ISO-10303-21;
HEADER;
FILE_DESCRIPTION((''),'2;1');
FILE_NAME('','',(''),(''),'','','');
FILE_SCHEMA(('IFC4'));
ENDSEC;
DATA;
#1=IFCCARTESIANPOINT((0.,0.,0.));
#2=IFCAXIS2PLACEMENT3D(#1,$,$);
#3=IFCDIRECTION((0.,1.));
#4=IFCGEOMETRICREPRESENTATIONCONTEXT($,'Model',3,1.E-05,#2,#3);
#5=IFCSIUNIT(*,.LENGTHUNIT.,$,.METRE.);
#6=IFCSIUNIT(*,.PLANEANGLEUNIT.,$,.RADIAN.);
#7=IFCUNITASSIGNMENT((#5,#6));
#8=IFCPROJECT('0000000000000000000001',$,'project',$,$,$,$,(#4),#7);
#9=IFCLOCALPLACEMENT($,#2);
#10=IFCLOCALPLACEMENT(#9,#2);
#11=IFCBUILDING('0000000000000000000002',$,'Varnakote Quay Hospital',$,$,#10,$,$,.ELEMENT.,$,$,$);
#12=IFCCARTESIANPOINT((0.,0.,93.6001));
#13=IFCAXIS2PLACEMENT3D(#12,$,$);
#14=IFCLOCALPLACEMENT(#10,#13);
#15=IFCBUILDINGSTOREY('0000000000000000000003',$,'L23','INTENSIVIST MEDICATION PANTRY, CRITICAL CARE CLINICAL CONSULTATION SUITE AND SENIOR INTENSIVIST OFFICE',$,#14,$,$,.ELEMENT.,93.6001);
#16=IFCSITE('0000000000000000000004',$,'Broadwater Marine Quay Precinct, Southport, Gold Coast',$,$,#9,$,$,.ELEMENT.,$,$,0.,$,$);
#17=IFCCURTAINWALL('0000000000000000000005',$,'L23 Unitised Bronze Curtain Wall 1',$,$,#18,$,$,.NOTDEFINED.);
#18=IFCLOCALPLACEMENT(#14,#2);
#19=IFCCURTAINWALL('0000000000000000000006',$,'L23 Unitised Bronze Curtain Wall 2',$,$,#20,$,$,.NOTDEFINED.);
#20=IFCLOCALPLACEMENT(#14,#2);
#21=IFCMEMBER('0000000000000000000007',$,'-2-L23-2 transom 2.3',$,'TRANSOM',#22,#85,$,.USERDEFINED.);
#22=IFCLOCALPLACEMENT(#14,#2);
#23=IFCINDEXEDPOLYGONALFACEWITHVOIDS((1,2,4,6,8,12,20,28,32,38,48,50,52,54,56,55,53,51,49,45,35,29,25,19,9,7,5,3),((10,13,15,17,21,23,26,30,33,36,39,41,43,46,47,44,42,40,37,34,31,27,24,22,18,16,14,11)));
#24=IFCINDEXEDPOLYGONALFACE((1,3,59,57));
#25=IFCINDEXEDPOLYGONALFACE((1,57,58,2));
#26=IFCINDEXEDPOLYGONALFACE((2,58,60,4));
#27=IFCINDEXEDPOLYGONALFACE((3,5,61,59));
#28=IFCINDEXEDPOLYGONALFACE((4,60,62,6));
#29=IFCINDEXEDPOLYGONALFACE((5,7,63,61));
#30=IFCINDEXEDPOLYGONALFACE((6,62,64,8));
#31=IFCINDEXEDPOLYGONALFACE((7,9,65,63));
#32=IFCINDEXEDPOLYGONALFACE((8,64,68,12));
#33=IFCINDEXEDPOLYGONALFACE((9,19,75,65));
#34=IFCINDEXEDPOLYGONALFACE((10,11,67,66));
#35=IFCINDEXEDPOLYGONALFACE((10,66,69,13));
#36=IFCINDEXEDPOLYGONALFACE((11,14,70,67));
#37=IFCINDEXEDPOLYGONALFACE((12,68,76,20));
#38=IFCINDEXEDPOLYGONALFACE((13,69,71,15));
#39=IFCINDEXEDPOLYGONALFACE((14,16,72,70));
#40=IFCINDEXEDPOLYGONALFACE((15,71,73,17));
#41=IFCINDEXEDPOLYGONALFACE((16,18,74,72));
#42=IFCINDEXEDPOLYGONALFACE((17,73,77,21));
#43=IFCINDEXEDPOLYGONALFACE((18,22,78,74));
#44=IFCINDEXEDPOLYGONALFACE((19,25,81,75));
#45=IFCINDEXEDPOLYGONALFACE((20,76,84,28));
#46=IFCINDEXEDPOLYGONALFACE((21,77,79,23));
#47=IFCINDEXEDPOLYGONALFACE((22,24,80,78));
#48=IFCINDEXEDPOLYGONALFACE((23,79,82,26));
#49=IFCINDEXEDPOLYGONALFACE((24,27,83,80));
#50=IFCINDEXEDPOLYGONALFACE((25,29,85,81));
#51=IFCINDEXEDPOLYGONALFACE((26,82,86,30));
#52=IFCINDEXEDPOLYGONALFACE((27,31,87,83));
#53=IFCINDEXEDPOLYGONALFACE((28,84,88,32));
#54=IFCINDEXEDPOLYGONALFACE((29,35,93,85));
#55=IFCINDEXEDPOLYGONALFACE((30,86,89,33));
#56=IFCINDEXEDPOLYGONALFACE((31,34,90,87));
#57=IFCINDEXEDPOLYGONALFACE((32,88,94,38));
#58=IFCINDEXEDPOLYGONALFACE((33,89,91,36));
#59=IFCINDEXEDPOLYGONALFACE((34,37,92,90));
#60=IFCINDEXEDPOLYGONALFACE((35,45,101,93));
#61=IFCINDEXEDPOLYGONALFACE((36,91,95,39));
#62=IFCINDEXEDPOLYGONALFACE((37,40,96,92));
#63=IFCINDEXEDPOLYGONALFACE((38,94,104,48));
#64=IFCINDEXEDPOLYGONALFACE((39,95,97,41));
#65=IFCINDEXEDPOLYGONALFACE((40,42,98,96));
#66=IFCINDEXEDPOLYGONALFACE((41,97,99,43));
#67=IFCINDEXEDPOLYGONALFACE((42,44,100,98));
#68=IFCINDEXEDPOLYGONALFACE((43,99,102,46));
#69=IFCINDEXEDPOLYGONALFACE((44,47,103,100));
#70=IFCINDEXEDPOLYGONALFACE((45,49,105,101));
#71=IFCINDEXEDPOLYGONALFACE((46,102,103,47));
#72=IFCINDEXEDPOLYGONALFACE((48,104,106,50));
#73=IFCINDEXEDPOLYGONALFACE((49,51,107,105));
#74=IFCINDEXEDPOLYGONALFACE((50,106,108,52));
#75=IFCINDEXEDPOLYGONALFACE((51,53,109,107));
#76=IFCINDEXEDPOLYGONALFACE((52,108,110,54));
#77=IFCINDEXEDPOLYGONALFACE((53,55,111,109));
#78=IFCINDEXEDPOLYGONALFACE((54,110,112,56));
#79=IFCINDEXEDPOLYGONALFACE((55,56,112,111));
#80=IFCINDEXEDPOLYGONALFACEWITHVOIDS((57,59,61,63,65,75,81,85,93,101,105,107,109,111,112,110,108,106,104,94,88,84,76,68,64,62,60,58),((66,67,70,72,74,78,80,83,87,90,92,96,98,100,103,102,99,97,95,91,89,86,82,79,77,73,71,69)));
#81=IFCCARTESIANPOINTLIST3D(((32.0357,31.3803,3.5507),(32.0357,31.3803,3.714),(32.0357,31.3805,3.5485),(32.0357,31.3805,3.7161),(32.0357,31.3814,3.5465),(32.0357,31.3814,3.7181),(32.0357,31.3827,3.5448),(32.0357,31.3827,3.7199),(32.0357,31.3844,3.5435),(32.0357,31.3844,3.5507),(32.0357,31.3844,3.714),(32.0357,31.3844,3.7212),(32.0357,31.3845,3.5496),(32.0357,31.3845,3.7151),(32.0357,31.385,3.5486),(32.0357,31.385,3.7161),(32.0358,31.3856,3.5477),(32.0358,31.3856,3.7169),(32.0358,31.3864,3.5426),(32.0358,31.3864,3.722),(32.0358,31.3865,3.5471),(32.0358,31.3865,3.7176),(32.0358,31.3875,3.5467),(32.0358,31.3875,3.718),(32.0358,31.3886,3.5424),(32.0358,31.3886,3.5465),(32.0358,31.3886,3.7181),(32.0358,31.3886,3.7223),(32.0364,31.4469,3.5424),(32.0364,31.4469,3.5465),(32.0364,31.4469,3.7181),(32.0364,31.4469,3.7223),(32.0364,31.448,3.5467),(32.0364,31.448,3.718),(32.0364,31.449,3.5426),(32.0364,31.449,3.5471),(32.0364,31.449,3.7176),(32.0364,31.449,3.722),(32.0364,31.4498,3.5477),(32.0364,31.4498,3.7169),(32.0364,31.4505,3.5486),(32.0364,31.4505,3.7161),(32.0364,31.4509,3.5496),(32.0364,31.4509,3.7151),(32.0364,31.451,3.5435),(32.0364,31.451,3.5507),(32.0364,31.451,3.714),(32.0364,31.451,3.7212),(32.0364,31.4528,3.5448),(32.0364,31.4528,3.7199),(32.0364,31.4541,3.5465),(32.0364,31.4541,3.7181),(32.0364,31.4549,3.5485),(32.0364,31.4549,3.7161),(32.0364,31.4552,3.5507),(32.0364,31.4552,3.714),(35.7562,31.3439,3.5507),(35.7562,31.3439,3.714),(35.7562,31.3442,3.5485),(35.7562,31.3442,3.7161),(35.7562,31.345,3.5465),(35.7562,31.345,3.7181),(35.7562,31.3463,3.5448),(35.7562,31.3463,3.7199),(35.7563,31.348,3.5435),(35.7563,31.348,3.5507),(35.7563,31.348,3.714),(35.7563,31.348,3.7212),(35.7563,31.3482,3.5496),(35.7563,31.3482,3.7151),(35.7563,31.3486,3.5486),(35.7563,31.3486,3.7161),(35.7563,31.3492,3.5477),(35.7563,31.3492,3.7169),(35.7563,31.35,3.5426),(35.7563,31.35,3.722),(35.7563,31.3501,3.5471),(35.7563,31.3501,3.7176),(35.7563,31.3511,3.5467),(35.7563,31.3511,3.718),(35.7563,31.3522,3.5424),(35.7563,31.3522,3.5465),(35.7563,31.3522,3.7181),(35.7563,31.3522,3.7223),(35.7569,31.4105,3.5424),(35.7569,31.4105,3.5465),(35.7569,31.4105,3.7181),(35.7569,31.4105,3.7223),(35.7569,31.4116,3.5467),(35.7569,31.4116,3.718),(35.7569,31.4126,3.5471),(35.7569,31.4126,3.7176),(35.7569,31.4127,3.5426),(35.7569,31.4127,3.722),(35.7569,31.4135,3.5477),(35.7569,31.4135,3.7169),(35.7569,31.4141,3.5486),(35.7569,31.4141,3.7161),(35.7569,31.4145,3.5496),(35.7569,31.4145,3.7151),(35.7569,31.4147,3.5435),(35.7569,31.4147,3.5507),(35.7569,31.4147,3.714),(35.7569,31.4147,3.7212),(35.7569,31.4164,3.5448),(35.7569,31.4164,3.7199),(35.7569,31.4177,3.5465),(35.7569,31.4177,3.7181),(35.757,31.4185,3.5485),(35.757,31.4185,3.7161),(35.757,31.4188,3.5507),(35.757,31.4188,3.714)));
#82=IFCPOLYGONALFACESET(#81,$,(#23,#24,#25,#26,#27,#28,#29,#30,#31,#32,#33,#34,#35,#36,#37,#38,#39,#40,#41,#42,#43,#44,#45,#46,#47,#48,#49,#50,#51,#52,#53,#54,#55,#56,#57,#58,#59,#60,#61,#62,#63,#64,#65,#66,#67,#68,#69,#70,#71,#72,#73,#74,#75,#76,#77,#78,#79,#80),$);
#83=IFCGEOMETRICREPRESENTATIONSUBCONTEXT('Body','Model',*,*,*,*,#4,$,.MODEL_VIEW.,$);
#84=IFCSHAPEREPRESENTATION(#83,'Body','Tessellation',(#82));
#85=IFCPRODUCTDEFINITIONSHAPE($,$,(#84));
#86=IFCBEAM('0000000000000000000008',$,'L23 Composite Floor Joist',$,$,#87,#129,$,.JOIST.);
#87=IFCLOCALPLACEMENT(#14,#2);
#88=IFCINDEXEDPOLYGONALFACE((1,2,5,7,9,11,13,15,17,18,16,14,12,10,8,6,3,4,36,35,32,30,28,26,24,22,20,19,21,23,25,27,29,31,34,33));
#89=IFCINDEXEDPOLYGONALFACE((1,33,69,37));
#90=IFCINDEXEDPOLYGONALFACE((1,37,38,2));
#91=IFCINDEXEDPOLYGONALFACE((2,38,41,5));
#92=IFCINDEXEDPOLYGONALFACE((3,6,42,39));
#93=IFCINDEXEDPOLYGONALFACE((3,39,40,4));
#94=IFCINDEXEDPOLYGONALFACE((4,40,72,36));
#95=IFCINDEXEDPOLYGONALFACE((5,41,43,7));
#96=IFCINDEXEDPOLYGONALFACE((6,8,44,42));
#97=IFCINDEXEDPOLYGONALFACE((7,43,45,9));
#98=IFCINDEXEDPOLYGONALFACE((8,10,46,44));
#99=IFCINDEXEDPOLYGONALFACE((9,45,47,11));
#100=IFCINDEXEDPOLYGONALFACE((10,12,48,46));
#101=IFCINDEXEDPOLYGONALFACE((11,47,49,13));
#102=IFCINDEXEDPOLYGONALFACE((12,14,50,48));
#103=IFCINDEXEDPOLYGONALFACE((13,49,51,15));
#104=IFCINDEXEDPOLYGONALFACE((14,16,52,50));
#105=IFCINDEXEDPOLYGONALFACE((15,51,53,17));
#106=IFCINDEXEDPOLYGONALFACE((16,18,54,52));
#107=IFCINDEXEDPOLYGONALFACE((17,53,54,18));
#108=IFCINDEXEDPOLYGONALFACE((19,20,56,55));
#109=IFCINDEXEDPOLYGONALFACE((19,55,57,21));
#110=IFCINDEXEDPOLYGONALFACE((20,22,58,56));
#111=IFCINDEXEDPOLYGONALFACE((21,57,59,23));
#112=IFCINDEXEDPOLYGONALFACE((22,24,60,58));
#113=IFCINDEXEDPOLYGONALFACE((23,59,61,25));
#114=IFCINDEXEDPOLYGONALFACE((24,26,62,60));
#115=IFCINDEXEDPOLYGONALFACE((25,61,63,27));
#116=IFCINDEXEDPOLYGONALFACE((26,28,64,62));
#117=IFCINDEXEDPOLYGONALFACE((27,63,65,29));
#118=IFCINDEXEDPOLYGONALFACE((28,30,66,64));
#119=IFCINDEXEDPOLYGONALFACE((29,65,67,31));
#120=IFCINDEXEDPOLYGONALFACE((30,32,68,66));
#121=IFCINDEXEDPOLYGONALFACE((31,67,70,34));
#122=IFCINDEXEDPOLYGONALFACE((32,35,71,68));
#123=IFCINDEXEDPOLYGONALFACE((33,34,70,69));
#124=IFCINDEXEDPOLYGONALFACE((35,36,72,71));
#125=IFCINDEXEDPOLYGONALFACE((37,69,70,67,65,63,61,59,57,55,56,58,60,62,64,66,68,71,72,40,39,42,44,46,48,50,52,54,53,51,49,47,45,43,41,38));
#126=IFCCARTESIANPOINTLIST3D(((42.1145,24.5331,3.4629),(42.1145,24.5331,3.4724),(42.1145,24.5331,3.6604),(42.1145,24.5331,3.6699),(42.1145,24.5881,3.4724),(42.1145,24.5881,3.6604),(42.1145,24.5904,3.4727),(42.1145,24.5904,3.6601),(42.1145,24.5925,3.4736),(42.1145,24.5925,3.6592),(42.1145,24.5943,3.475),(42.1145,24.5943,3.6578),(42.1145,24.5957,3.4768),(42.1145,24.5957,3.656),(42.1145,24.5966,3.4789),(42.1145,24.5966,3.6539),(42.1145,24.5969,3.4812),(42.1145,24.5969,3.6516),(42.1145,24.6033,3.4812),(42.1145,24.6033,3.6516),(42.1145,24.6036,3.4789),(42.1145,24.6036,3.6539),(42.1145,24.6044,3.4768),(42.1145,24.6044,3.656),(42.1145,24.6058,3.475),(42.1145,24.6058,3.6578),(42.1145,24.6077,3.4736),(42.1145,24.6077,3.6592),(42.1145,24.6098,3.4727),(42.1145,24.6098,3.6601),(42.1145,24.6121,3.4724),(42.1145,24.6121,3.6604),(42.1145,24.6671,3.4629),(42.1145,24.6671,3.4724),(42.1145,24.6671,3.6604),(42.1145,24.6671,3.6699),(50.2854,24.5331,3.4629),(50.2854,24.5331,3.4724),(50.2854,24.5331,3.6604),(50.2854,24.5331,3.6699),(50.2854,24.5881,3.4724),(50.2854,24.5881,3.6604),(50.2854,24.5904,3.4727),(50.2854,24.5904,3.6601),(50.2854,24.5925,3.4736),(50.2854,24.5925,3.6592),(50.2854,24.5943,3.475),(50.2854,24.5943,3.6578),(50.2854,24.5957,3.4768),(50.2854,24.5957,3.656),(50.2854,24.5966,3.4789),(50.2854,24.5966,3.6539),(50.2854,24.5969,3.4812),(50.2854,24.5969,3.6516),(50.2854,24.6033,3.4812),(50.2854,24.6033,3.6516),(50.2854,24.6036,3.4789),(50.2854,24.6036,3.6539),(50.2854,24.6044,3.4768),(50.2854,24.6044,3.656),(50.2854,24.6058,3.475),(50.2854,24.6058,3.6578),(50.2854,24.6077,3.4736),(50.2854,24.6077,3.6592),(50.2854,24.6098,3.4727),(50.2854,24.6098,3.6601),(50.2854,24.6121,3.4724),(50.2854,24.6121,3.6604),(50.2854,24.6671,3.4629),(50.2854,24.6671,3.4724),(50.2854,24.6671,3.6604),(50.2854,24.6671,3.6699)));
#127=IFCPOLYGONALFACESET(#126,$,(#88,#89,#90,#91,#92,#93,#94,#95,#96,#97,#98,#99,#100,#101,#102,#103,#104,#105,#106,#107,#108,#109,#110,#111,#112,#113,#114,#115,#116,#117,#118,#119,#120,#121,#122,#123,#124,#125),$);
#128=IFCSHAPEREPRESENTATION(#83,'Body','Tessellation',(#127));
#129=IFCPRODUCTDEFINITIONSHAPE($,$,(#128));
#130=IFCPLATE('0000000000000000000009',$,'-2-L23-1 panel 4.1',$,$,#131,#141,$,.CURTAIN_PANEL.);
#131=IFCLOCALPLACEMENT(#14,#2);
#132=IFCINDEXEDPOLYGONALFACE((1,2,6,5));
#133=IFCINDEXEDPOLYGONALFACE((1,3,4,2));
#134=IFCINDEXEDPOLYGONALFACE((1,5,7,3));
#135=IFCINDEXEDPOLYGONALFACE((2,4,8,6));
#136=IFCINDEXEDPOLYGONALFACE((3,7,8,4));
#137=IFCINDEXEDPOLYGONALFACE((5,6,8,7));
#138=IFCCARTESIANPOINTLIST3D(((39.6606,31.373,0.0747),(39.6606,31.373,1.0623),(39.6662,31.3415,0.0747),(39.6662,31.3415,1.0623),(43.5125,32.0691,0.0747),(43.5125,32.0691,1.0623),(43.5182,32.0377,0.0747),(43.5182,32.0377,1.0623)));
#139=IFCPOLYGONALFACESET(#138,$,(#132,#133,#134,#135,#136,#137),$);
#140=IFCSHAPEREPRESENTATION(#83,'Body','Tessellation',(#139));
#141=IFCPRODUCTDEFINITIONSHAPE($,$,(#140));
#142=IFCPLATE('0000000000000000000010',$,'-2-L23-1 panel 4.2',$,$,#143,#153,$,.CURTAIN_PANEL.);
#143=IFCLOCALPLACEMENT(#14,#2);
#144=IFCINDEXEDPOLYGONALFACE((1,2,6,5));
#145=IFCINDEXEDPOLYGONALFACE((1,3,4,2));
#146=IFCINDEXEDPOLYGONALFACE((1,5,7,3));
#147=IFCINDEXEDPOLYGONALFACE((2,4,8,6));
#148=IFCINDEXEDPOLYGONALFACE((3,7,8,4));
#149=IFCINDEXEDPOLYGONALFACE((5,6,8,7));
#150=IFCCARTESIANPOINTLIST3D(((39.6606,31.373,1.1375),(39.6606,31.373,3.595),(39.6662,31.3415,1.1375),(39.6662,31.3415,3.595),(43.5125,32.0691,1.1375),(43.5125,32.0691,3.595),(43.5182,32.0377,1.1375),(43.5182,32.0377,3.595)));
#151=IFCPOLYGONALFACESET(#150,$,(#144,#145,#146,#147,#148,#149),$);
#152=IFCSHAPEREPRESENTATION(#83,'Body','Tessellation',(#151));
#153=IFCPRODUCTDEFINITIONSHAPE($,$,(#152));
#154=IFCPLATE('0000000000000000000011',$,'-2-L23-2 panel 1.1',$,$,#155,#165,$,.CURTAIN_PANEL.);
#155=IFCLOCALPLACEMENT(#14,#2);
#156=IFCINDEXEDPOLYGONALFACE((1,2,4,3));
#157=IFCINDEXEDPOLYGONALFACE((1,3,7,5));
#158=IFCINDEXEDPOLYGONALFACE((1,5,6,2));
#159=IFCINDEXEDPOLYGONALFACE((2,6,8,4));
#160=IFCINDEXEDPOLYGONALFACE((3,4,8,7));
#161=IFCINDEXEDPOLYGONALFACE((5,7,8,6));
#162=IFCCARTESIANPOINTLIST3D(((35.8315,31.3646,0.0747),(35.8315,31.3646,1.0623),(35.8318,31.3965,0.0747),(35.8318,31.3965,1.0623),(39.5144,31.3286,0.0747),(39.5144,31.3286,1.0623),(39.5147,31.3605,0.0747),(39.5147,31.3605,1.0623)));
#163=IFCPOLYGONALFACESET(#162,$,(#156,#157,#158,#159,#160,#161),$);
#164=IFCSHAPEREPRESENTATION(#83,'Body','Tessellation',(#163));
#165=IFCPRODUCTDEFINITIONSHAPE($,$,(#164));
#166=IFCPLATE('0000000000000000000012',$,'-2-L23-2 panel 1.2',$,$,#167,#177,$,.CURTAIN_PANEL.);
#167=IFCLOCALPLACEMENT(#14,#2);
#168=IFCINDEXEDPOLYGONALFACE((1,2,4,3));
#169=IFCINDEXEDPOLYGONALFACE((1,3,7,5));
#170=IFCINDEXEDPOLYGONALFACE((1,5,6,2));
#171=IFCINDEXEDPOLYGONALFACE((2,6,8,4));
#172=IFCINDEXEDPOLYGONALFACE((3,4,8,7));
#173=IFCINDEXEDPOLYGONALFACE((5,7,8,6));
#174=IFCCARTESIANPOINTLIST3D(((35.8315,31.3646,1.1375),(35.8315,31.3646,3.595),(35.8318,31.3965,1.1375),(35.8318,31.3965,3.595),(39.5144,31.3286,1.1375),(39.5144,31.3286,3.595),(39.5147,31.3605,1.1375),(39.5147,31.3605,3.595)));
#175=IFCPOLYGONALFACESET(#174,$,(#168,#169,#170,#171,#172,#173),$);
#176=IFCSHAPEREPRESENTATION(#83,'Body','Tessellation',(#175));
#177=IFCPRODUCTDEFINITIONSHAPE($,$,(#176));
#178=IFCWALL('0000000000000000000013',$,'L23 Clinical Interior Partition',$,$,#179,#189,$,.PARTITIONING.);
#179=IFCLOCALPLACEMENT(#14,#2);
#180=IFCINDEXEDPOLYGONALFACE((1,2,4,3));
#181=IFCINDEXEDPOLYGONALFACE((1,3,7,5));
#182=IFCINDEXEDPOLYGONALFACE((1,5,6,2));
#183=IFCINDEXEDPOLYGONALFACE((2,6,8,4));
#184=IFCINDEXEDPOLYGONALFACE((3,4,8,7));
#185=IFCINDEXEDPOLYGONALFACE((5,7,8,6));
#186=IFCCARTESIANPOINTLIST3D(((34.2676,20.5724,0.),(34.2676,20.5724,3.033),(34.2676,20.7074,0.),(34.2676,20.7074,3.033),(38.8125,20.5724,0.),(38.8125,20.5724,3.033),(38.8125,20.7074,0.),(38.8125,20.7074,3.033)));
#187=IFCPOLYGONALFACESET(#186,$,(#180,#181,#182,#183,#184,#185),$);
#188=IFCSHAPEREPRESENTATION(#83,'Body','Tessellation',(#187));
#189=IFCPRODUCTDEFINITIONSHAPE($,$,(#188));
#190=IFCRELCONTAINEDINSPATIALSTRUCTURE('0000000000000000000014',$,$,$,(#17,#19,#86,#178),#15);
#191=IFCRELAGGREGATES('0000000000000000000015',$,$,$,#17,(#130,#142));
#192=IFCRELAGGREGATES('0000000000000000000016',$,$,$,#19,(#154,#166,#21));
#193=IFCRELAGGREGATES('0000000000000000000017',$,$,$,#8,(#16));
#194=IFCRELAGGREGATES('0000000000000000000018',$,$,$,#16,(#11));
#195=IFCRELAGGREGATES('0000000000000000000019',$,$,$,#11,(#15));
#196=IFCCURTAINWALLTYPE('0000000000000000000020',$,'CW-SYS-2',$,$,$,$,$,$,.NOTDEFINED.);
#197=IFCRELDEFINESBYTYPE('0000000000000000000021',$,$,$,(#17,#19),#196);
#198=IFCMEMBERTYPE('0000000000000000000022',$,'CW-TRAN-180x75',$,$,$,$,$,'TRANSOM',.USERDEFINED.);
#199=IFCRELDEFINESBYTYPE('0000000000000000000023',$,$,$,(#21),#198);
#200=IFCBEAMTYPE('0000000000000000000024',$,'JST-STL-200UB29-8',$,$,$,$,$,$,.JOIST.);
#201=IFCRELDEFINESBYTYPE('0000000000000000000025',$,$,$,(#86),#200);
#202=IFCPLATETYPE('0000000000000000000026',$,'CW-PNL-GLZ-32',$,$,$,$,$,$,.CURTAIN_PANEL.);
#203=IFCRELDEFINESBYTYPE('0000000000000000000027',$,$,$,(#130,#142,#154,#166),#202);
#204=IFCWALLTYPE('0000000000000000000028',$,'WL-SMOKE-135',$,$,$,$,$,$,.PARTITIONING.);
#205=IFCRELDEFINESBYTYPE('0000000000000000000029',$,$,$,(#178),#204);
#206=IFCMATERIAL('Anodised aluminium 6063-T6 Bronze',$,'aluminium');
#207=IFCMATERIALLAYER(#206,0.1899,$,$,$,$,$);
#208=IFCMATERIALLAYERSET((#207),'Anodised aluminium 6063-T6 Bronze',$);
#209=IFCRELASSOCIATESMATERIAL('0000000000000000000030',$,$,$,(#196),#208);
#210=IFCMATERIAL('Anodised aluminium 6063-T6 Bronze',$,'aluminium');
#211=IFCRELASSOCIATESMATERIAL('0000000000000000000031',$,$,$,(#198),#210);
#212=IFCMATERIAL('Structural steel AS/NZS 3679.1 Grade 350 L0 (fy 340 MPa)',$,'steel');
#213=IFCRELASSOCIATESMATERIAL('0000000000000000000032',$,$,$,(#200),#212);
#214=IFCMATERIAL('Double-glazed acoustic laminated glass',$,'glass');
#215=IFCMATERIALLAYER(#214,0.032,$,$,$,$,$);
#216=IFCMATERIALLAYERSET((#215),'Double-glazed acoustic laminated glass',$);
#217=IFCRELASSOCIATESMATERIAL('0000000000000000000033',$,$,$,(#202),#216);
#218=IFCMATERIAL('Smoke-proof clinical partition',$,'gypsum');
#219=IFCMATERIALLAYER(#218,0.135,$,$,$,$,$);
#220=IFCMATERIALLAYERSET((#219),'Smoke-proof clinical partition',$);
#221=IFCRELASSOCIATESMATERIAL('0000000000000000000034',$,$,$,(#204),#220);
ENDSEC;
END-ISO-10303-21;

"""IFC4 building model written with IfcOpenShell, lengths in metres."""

from ifc_helpers import new_model, si_unit, direction, frame, frame_2d, origin, origin_2d, place, context, subcontext, project, spatial, rectangle, hollow_rectangle, i_section, extrude, material, layer, layer_set, material_profile, profile_set, type_object, element, aggregate, save


model = new_model("IFC4")

# Units and contexts
model_context = context("Model", 3, precision=1e-05, world=origin(), true_north=direction((0.0, 1.0)))
body_context = subcontext(model_context, "Body", "Model", "MODEL_VIEW")
ifc_project = project(units=[si_unit("LENGTHUNIT", "METRE"), si_unit("PLANEANGLEUNIT", "RADIAN")], contexts=[model_context])

# Site, building, storey
site_placement = place(None, origin())
site = spatial("IfcSite", under=ifc_project, at=site_placement, Name="Broadwater Marine Quay Precinct, Southport, Gold Coast", CompositionType="ELEMENT", RefElevation=0.0)
building_placement = place(site_placement, origin())
building = spatial("IfcBuilding", under=site, at=building_placement, Name="Varnakote Quay Hospital", CompositionType="ELEMENT")
storey_placement = place(building_placement, frame((0.0, 0.0, 93.6001)))
storey = spatial("IfcBuildingStorey", under=building, at=storey_placement, Name="L23", Description="INTENSIVIST MEDICATION PANTRY, CRITICAL CARE CLINICAL CONSULTATION SUITE AND SENIOR INTENSIVIST OFFICE", CompositionType="ELEMENT", Elevation=93.6001)

# Curtain wall
ifc_material_1 = material(Name="Anodised aluminium 6063-T6 Bronze", Category="aluminium")
ifc_layer_1 = layer(ifc_material_1, 0.1899)
ifc_layer_set_1 = layer_set([ifc_layer_1], Name="Anodised aluminium 6063-T6 Bronze")
curtain_wall_type = type_object("IfcCurtainWallType", Name="CW-SYS-2", PredefinedType="NOTDEFINED", material=ifc_layer_set_1)
curtain_wall_1_placement = place(storey_placement, origin())
curtain_wall_1 = element("IfcCurtainWall", 1, at=curtain_wall_1_placement, inside=storey, type_object=curtain_wall_type, Name="L23 Unitised Bronze Curtain Wall 1", PredefinedType="NOTDEFINED")

# Curtain wall, member
curtain_wall_2_placement = place(storey_placement, origin())
curtain_wall_2 = element("IfcCurtainWall", 2, at=curtain_wall_2_placement, inside=storey, type_object=curtain_wall_type, Name="L23 Unitised Bronze Curtain Wall 2", PredefinedType="NOTDEFINED")
ifc_material_2 = material(Name="Anodised aluminium 6063-T6 Bronze", Category="aluminium")
ifc_material_profile_1 = material_profile(ifc_material_2, hollow_rectangle(XDim=0.075, YDim=0.1799, WallThickness=0.0042, InnerFilletRadius=0.0042, OuterFilletRadius=0.0083, at=origin_2d()), Name="CW-TRAN-180x75")
ifc_profile_set_1 = profile_set([ifc_material_profile_1], Name="Anodised aluminium 6063-T6 Bronze")
member_type_1 = type_object("IfcMemberType", Name="CW-TRAN-180x75", ElementType="TRANSOM", PredefinedType="USERDEFINED", material=ifc_profile_set_1)
member_1_placement = place(storey_placement, frame((35.7566, 31.3813, 3.6323), z_axis=(-0.999952, 0.009777, 0.0), x_axis=(-0.009777, -0.999952, 0.0)))
member_1 = element("IfcMember", 3, at=member_1_placement, type_object=member_type_1, Name="-2-L23-2 transom 2.3", ObjectType="TRANSOM", PredefinedType="USERDEFINED", context=body_context, shape_type="SweptSolid", body=[
    extrude(hollow_rectangle(XDim=0.075, YDim=0.1799, WallThickness=0.0042, InnerFilletRadius=0.0042, OuterFilletRadius=0.0083, at=origin_2d()), origin(), (0.0, 0.0, 1.0), 3.7207),
])

# Beam
ifc_material_3 = material(Name="Structural steel AS/NZS 3679.1 Grade 350 L0 (fy 340 MPa)", Category="steel")
ifc_material_profile_2 = material_profile(ifc_material_3, i_section(OverallWidth=0.134, OverallDepth=0.207, WebThickness=0.0063, FlangeThickness=0.0095, FilletRadius=0.0088, at=origin_2d()), Name="200UB29.8")
ifc_profile_set_2 = profile_set([ifc_material_profile_2], Name="Structural steel AS/NZS 3679.1 Grade 350 L0 (fy 340 MPa)")
beam_type = type_object("IfcBeamType", Name="JST-STL-200UB29-8", PredefinedType="JOIST", material=ifc_profile_set_2)
beam_placement = place(storey_placement, frame((42.1145, 24.6001, 3.5664), z_axis=(1.0, 0.0, 0.0), x_axis=(0.0, 1.0, 0.0)))
element("IfcBeam", 4, at=beam_placement, inside=storey, type_object=beam_type, Name="L23 Composite Floor Joist", PredefinedType="JOIST", context=body_context, shape_type="SweptSolid", body=[
    extrude(i_section(OverallWidth=0.134, OverallDepth=0.207, WebThickness=0.0063, FlangeThickness=0.0095, FilletRadius=0.0088, at=origin_2d()), origin(), (0.0, 0.0, 1.0), 8.1709),
])

# Plates
ifc_material_4 = material(Name="Double-glazed acoustic laminated glass", Category="glass")
ifc_layer_2 = layer(ifc_material_4, 0.032)
ifc_layer_set_2 = layer_set([ifc_layer_2], Name="Double-glazed acoustic laminated glass")
plate_type = type_object("IfcPlateType", Name="CW-PNL-GLZ-32", PredefinedType="CURTAIN_PANEL", material=ifc_layer_set_2)
plate_1_placement = place(storey_placement, frame((41.5894, 31.7053, 0.0747), z_axis=(0.0, 0.0, 1.0), x_axis=(-0.984058, -0.177846, 0.0)))
plate_1 = element("IfcPlate", 5, at=plate_1_placement, type_object=plate_type, Name="-2-L23-1 panel 4.1", PredefinedType="CURTAIN_PANEL", context=body_context, shape_type="SweptSolid", body=[
    extrude(rectangle(XDim=3.9143, YDim=0.032, at=origin_2d()), origin(), (0.0, 0.0, 1.0), 0.9875),
])
plate_2_placement = place(storey_placement, frame((41.5894, 31.7053, 1.1375), z_axis=(0.0, 0.0, 1.0), x_axis=(-0.984058, -0.177846, 0.0)))
plate_2 = element("IfcPlate", 6, at=plate_2_placement, type_object=plate_type, Name="-2-L23-1 panel 4.2", PredefinedType="CURTAIN_PANEL", context=body_context, shape_type="SweptSolid", body=[
    extrude(rectangle(XDim=3.9143, YDim=0.032, at=origin_2d()), origin(), (0.0, 0.0, 1.0), 2.4575),
])
aggregate(curtain_wall_1, [plate_1, plate_2])
plate_3_placement = place(storey_placement, frame((37.6731, 31.3625, 0.0747), z_axis=(0.0, 0.0, 1.0), x_axis=(-0.999952, 0.009774, 0.0)))
plate_3 = element("IfcPlate", 7, at=plate_3_placement, type_object=plate_type, Name="-2-L23-2 panel 1.1", PredefinedType="CURTAIN_PANEL", context=body_context, shape_type="SweptSolid", body=[
    extrude(rectangle(XDim=3.6831, YDim=0.032, at=origin_2d()), origin(), (0.0, 0.0, 1.0), 0.9875),
])
plate_4_placement = place(storey_placement, frame((37.6731, 31.3625, 1.1375), z_axis=(0.0, 0.0, 1.0), x_axis=(-0.999952, 0.009774, 0.0)))
plate_4 = element("IfcPlate", 8, at=plate_4_placement, type_object=plate_type, Name="-2-L23-2 panel 1.2", PredefinedType="CURTAIN_PANEL", context=body_context, shape_type="SweptSolid", body=[
    extrude(rectangle(XDim=3.6831, YDim=0.032, at=origin_2d()), origin(), (0.0, 0.0, 1.0), 2.4575),
])
aggregate(curtain_wall_2, [plate_3, plate_4, member_1])

# Wall
ifc_material_5 = material(Name="Smoke-proof clinical partition", Category="gypsum")
ifc_layer_3 = layer(ifc_material_5, 0.135)
ifc_layer_set_3 = layer_set([ifc_layer_3], Name="Smoke-proof clinical partition")
wall_type = type_object("IfcWallType", Name="WL-SMOKE-135", PredefinedType="PARTITIONING", material=ifc_layer_set_3)
wall_1_placement = place(storey_placement, frame((38.8125, 20.6399, 0.0), z_axis=(0.0, 0.0, 1.0), x_axis=(-1.0, 0.0, 0.0)))
element("IfcWall", 9, at=wall_1_placement, inside=storey, type_object=wall_type, Name="L23 Clinical Interior Partition", PredefinedType="PARTITIONING", context=body_context, shape_type="SweptSolid", body=[
    extrude(rectangle(XDim=4.5449, YDim=0.135, at=frame_2d((2.2725, 0.0))), origin(), (0.0, 0.0, 1.0), 3.033),
])

save(model, "model.ifc")
